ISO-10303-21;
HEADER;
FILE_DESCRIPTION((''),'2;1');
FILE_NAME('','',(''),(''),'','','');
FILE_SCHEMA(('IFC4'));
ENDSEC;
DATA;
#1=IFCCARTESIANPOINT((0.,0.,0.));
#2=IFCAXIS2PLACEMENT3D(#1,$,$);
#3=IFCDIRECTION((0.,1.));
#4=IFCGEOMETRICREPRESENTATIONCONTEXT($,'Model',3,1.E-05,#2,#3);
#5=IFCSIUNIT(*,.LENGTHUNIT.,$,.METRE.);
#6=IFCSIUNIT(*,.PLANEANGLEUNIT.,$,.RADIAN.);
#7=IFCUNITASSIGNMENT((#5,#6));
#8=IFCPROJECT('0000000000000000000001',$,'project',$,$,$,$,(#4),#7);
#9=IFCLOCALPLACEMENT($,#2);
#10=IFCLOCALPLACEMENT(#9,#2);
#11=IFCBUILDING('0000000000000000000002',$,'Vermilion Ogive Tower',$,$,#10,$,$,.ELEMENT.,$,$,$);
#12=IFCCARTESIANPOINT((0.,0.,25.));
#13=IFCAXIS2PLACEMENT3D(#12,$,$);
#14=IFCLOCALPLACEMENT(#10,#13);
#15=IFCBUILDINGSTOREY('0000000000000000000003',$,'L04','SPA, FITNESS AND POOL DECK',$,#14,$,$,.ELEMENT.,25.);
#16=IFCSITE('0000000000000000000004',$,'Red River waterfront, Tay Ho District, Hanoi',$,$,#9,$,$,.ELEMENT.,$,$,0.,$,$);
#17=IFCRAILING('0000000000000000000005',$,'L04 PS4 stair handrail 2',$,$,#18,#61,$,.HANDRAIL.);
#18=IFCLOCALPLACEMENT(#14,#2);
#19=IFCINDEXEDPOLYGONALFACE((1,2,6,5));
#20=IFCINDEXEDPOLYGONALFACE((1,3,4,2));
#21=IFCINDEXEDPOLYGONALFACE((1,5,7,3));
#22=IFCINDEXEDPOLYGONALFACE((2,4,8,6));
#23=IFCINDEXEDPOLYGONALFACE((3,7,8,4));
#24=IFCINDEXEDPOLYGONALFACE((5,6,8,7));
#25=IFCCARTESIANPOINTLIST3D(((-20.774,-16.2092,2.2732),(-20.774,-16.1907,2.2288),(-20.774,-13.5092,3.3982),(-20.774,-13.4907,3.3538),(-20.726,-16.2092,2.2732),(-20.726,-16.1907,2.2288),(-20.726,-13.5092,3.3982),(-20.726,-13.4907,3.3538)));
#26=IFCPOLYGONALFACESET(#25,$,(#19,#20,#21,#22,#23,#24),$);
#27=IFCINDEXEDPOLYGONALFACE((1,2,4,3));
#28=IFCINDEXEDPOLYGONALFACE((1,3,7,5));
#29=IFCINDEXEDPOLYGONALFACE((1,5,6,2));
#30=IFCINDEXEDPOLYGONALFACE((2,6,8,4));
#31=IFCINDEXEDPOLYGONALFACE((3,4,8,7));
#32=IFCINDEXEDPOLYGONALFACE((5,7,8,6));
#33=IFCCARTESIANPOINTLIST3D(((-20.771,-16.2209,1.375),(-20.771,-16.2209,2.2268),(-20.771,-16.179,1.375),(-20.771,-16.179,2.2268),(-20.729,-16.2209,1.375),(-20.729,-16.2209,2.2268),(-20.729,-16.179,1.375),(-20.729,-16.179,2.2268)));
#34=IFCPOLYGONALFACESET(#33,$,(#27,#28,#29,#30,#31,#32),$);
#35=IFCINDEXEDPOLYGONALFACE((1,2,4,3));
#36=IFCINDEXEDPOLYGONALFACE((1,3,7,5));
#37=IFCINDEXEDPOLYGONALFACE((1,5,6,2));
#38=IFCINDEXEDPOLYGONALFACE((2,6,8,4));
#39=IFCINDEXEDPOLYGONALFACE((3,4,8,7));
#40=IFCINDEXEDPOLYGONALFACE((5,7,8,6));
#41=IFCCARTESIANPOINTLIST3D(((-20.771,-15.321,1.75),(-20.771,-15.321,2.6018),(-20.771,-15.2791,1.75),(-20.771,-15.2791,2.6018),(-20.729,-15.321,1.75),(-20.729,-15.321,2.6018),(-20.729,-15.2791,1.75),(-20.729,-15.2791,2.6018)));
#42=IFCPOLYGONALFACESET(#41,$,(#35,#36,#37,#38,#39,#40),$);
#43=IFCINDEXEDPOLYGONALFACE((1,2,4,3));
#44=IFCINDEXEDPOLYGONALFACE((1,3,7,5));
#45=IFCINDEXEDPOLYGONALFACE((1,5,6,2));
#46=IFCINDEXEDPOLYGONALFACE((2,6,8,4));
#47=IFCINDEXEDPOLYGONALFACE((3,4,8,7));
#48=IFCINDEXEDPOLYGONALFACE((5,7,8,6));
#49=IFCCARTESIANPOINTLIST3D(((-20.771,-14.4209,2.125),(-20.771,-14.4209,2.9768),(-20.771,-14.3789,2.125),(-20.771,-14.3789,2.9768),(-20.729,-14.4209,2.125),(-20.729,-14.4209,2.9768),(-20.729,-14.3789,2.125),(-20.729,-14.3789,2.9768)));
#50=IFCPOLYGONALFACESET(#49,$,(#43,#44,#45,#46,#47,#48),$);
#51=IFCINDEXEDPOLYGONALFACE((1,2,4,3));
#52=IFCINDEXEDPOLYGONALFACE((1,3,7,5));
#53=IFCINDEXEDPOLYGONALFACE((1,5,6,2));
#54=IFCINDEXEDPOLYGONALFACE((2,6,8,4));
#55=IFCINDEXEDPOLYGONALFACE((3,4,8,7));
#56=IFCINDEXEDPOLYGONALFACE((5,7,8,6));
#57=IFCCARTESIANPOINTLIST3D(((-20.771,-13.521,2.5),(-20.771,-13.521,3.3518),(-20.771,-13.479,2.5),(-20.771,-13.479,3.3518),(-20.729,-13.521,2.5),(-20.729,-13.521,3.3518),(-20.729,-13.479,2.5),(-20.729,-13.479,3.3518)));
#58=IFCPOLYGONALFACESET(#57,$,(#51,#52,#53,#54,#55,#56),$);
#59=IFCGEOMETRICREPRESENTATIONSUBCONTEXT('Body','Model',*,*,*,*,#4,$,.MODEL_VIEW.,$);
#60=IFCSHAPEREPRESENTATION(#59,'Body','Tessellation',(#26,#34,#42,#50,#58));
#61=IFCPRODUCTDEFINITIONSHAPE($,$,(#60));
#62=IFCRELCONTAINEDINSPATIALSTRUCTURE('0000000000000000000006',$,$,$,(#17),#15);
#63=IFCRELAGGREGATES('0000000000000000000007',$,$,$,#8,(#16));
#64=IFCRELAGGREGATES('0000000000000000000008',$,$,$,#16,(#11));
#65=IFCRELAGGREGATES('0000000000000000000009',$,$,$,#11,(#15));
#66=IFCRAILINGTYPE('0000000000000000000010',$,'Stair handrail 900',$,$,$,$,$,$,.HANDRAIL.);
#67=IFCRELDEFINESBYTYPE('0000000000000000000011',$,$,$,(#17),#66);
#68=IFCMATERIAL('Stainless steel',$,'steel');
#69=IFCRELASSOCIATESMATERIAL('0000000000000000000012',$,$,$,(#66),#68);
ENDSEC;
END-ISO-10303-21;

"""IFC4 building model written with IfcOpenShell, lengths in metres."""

from ifc_helpers import new_model, si_unit, direction, frame, origin, origin_2d, place, context, subcontext, project, spatial, rectangle, extrude, material, type_object, element, save


model = new_model("IFC4")

# Units and contexts
model_context = context("Model", 3, precision=1e-05, world=origin(), true_north=direction((0.0, 1.0)))
body_context = subcontext(model_context, "Body", "Model", "MODEL_VIEW")
ifc_project = project(units=[si_unit("LENGTHUNIT", "METRE"), si_unit("PLANEANGLEUNIT", "RADIAN")], contexts=[model_context])

# Site, building, storey
site_placement = place(None, origin())
site = spatial("IfcSite", under=ifc_project, at=site_placement, Name="Red River waterfront, Tay Ho District, Hanoi", CompositionType="ELEMENT", RefElevation=0.0)
building_placement = place(site_placement, origin())
building = spatial("IfcBuilding", under=site, at=building_placement, Name="Vermilion Ogive Tower", CompositionType="ELEMENT")
storey_placement = place(building_placement, frame((0.0, 0.0, 25.0)))
storey = spatial("IfcBuildingStorey", under=building, at=storey_placement, Name="L04", Description="SPA, FITNESS AND POOL DECK", CompositionType="ELEMENT", Elevation=25.0)

# Railing
ifc_material_1 = material(Name="Stainless steel", Category="steel")
railing_type_1 = type_object("IfcRailingType", Name="Stair handrail 900", PredefinedType="HANDRAIL", material=ifc_material_1)
railing_1_placement = place(storey_placement, frame((-20.75, -16.2, 1.375)))
element("IfcRailing", 1, at=railing_1_placement, inside=storey, type_object=railing_type_1, Name="L04 PS4 stair handrail 2", PredefinedType="HANDRAIL", context=body_context, shape_type="SweptSolid", body=[
    extrude(rectangle(XDim=0.0481, YDim=0.0481, at=origin_2d()), frame((0.0, 0.0, 0.876), z_axis=(0.0, 0.923074, 0.384621), x_axis=(-1.0, 0.0, 0.0)), (0.0, 0.0, 1.0), 2.925),
    extrude(rectangle(XDim=0.042, YDim=0.042, at=origin_2d()), origin(), (0.0, 0.0, 1.0), 0.8518),
    extrude(rectangle(XDim=0.042, YDim=0.042, at=origin_2d()), frame((0.0, 0.8999, 0.375)), (0.0, 0.0, 1.0), 0.8518),
    extrude(rectangle(XDim=0.042, YDim=0.042, at=origin_2d()), frame((0.0, 1.8, 0.75)), (0.0, 0.0, 1.0), 0.8518),
    extrude(rectangle(XDim=0.042, YDim=0.042, at=origin_2d()), frame((0.0, 2.7, 1.125)), (0.0, 0.0, 1.0), 0.8518),
])

save(model, "model.ifc")
